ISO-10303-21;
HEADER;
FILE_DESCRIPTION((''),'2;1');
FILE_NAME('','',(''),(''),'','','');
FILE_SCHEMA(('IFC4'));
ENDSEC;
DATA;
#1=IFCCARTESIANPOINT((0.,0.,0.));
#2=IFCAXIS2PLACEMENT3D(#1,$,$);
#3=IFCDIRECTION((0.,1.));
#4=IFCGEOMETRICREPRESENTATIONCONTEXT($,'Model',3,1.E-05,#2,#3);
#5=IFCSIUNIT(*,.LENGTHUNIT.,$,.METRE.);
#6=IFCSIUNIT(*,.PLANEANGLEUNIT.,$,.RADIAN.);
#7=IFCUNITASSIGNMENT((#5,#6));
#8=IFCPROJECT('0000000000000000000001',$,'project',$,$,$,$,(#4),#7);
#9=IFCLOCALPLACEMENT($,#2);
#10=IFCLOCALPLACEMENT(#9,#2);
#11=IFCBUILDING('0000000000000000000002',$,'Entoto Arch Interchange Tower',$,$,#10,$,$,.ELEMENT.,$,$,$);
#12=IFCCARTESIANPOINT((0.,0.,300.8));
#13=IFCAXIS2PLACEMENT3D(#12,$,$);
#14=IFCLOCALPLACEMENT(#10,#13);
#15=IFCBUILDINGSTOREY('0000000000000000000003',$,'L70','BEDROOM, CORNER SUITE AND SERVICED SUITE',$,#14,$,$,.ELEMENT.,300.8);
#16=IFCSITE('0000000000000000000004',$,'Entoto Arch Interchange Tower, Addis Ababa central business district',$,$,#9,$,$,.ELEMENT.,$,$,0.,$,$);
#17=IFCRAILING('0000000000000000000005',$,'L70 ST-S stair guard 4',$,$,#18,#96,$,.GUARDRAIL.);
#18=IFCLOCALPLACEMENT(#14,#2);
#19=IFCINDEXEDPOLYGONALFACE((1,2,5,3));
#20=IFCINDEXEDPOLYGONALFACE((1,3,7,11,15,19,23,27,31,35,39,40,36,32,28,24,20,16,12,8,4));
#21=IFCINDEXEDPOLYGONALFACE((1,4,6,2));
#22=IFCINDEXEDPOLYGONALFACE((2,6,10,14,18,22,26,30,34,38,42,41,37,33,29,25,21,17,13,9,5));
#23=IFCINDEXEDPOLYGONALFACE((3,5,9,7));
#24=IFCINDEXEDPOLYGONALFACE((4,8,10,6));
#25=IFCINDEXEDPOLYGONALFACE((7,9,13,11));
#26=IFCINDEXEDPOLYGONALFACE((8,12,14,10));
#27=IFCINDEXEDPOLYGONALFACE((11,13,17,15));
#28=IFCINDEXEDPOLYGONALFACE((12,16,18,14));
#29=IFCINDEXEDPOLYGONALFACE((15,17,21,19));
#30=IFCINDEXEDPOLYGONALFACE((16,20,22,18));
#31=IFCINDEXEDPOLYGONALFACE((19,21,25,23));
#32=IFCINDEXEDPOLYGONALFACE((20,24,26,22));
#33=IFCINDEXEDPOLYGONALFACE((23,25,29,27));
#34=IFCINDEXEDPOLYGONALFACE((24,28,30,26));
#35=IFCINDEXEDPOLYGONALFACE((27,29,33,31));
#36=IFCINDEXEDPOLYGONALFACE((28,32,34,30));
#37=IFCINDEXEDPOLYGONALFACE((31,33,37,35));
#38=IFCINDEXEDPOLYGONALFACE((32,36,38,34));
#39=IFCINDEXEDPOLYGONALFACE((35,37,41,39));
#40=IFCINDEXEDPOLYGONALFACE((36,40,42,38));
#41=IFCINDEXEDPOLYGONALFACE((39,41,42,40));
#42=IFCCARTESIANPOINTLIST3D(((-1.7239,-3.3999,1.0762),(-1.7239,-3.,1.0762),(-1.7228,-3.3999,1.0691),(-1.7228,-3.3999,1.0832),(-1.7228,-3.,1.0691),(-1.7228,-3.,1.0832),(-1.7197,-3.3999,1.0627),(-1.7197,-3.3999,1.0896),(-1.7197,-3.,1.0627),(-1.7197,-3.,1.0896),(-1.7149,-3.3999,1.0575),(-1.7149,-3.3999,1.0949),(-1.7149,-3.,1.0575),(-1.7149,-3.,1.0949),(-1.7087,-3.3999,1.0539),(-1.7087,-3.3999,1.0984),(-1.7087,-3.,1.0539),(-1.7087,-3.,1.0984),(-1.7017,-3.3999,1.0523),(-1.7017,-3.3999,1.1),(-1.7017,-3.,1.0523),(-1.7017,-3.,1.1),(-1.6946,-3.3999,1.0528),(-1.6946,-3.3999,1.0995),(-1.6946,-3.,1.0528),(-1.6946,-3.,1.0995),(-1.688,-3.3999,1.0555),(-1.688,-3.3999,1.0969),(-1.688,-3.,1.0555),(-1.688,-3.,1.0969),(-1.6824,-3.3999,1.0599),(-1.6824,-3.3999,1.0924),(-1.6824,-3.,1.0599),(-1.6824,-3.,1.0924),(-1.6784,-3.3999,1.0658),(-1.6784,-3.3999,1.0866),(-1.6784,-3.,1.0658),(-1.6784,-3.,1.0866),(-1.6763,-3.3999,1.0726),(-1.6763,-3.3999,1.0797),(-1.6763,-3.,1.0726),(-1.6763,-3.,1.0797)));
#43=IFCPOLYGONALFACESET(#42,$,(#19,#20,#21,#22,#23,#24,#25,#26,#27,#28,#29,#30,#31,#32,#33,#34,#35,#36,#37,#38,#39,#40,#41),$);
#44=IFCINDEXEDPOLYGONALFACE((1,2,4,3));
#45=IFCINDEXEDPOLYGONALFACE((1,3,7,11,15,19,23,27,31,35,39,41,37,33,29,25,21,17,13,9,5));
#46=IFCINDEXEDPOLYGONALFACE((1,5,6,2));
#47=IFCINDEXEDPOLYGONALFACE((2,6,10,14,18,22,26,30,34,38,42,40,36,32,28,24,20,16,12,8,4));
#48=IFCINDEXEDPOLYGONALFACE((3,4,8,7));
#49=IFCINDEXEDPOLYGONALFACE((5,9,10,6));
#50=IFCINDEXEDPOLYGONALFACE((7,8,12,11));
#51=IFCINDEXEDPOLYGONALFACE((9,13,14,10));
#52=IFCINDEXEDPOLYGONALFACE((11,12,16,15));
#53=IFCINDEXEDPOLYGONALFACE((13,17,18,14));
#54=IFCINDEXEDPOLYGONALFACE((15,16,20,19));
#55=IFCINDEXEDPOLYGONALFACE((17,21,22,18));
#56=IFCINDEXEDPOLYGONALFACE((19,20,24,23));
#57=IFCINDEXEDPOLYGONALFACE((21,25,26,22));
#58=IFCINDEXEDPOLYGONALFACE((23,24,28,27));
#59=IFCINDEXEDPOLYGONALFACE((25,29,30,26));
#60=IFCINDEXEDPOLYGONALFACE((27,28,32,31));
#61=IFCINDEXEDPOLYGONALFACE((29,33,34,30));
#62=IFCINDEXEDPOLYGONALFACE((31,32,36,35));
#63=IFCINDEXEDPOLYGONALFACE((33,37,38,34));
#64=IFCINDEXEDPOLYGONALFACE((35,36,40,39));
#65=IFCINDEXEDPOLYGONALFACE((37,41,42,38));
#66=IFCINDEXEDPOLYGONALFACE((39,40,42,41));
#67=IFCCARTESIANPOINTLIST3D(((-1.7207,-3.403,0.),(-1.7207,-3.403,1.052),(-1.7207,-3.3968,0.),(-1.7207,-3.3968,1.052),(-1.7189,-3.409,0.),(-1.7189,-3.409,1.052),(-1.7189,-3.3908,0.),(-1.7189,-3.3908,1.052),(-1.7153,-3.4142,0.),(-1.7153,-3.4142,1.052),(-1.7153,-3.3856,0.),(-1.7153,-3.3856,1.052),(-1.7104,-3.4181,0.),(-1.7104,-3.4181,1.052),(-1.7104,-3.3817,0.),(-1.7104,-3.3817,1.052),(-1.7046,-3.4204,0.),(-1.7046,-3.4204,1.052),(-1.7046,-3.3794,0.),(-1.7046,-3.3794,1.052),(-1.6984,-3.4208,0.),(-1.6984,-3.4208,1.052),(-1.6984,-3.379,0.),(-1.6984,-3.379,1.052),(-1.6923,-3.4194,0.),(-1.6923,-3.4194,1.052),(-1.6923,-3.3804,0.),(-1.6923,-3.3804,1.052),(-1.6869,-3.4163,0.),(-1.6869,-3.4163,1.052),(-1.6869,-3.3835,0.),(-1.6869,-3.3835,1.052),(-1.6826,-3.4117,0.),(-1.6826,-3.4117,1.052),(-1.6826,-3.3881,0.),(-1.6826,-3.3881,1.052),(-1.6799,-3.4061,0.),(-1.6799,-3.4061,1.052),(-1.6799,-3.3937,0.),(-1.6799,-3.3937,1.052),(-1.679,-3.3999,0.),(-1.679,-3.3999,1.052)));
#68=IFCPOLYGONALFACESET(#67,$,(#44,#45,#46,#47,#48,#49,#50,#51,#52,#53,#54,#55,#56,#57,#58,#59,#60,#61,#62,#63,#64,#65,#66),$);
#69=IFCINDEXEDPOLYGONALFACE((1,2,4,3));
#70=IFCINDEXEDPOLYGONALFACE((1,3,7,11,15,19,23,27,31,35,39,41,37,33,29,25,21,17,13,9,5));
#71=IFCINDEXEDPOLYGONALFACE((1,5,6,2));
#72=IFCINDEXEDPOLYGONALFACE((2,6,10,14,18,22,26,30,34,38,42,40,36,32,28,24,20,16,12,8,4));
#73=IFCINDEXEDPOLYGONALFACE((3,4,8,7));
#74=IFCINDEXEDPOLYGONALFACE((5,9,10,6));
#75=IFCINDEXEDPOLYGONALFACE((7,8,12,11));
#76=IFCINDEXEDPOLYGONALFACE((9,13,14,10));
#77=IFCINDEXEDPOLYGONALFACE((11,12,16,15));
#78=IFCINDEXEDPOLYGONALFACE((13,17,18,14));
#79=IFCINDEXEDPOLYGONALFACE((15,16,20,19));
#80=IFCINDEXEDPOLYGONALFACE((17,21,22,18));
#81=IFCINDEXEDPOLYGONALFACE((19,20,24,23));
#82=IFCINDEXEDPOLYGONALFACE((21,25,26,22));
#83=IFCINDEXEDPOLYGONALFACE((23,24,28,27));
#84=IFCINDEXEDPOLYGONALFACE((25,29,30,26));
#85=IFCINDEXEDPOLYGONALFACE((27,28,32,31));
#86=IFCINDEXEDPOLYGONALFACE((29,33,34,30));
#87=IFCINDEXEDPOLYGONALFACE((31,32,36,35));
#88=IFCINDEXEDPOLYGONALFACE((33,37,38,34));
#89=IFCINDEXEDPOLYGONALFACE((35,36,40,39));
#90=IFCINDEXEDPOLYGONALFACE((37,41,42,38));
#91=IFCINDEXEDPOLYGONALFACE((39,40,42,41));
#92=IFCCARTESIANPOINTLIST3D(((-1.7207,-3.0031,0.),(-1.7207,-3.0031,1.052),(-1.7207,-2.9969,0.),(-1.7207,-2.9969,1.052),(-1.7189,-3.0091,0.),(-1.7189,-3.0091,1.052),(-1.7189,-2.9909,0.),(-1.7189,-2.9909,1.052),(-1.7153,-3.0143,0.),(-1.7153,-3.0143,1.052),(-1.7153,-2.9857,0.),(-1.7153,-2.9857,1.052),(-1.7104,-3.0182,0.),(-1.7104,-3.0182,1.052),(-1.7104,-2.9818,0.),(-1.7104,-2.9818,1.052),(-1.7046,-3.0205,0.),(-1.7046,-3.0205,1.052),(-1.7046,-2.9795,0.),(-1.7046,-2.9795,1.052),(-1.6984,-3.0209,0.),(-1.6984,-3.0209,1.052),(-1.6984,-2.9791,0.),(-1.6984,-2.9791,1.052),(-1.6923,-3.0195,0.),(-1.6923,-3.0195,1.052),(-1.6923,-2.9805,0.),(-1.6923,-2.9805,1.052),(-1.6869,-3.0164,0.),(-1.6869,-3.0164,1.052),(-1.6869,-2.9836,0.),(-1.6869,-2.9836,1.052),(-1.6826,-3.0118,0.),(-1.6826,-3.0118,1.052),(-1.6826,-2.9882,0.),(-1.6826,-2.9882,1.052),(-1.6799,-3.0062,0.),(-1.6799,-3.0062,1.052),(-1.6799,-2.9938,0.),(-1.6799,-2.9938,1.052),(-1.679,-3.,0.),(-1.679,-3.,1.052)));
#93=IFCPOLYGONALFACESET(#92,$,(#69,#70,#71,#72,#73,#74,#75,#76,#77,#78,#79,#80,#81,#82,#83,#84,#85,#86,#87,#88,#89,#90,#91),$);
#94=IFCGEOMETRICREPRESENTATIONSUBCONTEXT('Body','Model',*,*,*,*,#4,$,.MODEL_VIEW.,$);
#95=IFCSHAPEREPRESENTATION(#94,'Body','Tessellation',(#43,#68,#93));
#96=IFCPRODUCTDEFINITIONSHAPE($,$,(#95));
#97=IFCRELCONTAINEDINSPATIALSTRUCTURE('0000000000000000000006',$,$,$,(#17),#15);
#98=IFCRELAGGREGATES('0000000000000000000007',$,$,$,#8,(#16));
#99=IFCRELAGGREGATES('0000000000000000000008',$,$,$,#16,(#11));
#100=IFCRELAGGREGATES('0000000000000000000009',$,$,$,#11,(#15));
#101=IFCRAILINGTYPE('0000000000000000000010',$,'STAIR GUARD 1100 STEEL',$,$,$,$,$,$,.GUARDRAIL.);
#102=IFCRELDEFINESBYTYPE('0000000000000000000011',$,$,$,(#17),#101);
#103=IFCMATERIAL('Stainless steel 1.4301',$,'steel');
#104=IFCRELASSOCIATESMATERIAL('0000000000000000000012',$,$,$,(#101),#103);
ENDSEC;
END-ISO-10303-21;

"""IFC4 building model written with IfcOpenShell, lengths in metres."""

from ifc_helpers import new_model, si_unit, direction, frame, origin, origin_2d, place, context, subcontext, project, spatial, circle, extrude, material, type_object, element, save


model = new_model("IFC4")

# Units and contexts
model_context = context("Model", 3, precision=1e-05, world=origin(), true_north=direction((0.0, 1.0)))
body_context = subcontext(model_context, "Body", "Model", "MODEL_VIEW")
ifc_project = project(units=[si_unit("LENGTHUNIT", "METRE"), si_unit("PLANEANGLEUNIT", "RADIAN")], contexts=[model_context])

# Site, building, storey
site_placement = place(None, origin())
site = spatial("IfcSite", under=ifc_project, at=site_placement, Name="Entoto Arch Interchange Tower, Addis Ababa central business district", CompositionType="ELEMENT", RefElevation=0.0)
building_placement = place(site_placement, origin())
building = spatial("IfcBuilding", under=site, at=building_placement, Name="Entoto Arch Interchange Tower", CompositionType="ELEMENT")
storey_placement = place(building_placement, frame((0.0, 0.0, 300.8)))
storey = spatial("IfcBuildingStorey", under=building, at=storey_placement, Name="L70", Description="BEDROOM, CORNER SUITE AND SERVICED SUITE", CompositionType="ELEMENT", Elevation=300.8)

# Railing
ifc_material_1 = material(Name="Stainless steel 1.4301", Category="steel")
railing_type_1 = type_object("IfcRailingType", Name="STAIR GUARD 1100 STEEL", PredefinedType="GUARDRAIL", material=ifc_material_1)
railing_1_placement = place(storey_placement, frame((-1.7, -3.3999, 0.0)))
element("IfcRailing", 1, at=railing_1_placement, inside=storey, type_object=railing_type_1, Name="L70 ST-S stair guard 4", PredefinedType="GUARDRAIL", context=body_context, shape_type="SweptSolid", body=[
    extrude(circle(Radius=0.0239, at=origin_2d()), frame((0.0, 0.0, 1.0762), z_axis=(0.0, 1.0, 0.0), x_axis=(-1.0, 0.0, 0.0)), (0.0, 0.0, 1.0), 0.3999),
    extrude(circle(Radius=0.021, at=origin_2d()), origin(), (0.0, 0.0, 1.0), 1.052),
    extrude(circle(Radius=0.021, at=origin_2d()), frame((0.0, 0.3999, 0.0)), (0.0, 0.0, 1.0), 1.052),
])

save(model, "model.ifc")
